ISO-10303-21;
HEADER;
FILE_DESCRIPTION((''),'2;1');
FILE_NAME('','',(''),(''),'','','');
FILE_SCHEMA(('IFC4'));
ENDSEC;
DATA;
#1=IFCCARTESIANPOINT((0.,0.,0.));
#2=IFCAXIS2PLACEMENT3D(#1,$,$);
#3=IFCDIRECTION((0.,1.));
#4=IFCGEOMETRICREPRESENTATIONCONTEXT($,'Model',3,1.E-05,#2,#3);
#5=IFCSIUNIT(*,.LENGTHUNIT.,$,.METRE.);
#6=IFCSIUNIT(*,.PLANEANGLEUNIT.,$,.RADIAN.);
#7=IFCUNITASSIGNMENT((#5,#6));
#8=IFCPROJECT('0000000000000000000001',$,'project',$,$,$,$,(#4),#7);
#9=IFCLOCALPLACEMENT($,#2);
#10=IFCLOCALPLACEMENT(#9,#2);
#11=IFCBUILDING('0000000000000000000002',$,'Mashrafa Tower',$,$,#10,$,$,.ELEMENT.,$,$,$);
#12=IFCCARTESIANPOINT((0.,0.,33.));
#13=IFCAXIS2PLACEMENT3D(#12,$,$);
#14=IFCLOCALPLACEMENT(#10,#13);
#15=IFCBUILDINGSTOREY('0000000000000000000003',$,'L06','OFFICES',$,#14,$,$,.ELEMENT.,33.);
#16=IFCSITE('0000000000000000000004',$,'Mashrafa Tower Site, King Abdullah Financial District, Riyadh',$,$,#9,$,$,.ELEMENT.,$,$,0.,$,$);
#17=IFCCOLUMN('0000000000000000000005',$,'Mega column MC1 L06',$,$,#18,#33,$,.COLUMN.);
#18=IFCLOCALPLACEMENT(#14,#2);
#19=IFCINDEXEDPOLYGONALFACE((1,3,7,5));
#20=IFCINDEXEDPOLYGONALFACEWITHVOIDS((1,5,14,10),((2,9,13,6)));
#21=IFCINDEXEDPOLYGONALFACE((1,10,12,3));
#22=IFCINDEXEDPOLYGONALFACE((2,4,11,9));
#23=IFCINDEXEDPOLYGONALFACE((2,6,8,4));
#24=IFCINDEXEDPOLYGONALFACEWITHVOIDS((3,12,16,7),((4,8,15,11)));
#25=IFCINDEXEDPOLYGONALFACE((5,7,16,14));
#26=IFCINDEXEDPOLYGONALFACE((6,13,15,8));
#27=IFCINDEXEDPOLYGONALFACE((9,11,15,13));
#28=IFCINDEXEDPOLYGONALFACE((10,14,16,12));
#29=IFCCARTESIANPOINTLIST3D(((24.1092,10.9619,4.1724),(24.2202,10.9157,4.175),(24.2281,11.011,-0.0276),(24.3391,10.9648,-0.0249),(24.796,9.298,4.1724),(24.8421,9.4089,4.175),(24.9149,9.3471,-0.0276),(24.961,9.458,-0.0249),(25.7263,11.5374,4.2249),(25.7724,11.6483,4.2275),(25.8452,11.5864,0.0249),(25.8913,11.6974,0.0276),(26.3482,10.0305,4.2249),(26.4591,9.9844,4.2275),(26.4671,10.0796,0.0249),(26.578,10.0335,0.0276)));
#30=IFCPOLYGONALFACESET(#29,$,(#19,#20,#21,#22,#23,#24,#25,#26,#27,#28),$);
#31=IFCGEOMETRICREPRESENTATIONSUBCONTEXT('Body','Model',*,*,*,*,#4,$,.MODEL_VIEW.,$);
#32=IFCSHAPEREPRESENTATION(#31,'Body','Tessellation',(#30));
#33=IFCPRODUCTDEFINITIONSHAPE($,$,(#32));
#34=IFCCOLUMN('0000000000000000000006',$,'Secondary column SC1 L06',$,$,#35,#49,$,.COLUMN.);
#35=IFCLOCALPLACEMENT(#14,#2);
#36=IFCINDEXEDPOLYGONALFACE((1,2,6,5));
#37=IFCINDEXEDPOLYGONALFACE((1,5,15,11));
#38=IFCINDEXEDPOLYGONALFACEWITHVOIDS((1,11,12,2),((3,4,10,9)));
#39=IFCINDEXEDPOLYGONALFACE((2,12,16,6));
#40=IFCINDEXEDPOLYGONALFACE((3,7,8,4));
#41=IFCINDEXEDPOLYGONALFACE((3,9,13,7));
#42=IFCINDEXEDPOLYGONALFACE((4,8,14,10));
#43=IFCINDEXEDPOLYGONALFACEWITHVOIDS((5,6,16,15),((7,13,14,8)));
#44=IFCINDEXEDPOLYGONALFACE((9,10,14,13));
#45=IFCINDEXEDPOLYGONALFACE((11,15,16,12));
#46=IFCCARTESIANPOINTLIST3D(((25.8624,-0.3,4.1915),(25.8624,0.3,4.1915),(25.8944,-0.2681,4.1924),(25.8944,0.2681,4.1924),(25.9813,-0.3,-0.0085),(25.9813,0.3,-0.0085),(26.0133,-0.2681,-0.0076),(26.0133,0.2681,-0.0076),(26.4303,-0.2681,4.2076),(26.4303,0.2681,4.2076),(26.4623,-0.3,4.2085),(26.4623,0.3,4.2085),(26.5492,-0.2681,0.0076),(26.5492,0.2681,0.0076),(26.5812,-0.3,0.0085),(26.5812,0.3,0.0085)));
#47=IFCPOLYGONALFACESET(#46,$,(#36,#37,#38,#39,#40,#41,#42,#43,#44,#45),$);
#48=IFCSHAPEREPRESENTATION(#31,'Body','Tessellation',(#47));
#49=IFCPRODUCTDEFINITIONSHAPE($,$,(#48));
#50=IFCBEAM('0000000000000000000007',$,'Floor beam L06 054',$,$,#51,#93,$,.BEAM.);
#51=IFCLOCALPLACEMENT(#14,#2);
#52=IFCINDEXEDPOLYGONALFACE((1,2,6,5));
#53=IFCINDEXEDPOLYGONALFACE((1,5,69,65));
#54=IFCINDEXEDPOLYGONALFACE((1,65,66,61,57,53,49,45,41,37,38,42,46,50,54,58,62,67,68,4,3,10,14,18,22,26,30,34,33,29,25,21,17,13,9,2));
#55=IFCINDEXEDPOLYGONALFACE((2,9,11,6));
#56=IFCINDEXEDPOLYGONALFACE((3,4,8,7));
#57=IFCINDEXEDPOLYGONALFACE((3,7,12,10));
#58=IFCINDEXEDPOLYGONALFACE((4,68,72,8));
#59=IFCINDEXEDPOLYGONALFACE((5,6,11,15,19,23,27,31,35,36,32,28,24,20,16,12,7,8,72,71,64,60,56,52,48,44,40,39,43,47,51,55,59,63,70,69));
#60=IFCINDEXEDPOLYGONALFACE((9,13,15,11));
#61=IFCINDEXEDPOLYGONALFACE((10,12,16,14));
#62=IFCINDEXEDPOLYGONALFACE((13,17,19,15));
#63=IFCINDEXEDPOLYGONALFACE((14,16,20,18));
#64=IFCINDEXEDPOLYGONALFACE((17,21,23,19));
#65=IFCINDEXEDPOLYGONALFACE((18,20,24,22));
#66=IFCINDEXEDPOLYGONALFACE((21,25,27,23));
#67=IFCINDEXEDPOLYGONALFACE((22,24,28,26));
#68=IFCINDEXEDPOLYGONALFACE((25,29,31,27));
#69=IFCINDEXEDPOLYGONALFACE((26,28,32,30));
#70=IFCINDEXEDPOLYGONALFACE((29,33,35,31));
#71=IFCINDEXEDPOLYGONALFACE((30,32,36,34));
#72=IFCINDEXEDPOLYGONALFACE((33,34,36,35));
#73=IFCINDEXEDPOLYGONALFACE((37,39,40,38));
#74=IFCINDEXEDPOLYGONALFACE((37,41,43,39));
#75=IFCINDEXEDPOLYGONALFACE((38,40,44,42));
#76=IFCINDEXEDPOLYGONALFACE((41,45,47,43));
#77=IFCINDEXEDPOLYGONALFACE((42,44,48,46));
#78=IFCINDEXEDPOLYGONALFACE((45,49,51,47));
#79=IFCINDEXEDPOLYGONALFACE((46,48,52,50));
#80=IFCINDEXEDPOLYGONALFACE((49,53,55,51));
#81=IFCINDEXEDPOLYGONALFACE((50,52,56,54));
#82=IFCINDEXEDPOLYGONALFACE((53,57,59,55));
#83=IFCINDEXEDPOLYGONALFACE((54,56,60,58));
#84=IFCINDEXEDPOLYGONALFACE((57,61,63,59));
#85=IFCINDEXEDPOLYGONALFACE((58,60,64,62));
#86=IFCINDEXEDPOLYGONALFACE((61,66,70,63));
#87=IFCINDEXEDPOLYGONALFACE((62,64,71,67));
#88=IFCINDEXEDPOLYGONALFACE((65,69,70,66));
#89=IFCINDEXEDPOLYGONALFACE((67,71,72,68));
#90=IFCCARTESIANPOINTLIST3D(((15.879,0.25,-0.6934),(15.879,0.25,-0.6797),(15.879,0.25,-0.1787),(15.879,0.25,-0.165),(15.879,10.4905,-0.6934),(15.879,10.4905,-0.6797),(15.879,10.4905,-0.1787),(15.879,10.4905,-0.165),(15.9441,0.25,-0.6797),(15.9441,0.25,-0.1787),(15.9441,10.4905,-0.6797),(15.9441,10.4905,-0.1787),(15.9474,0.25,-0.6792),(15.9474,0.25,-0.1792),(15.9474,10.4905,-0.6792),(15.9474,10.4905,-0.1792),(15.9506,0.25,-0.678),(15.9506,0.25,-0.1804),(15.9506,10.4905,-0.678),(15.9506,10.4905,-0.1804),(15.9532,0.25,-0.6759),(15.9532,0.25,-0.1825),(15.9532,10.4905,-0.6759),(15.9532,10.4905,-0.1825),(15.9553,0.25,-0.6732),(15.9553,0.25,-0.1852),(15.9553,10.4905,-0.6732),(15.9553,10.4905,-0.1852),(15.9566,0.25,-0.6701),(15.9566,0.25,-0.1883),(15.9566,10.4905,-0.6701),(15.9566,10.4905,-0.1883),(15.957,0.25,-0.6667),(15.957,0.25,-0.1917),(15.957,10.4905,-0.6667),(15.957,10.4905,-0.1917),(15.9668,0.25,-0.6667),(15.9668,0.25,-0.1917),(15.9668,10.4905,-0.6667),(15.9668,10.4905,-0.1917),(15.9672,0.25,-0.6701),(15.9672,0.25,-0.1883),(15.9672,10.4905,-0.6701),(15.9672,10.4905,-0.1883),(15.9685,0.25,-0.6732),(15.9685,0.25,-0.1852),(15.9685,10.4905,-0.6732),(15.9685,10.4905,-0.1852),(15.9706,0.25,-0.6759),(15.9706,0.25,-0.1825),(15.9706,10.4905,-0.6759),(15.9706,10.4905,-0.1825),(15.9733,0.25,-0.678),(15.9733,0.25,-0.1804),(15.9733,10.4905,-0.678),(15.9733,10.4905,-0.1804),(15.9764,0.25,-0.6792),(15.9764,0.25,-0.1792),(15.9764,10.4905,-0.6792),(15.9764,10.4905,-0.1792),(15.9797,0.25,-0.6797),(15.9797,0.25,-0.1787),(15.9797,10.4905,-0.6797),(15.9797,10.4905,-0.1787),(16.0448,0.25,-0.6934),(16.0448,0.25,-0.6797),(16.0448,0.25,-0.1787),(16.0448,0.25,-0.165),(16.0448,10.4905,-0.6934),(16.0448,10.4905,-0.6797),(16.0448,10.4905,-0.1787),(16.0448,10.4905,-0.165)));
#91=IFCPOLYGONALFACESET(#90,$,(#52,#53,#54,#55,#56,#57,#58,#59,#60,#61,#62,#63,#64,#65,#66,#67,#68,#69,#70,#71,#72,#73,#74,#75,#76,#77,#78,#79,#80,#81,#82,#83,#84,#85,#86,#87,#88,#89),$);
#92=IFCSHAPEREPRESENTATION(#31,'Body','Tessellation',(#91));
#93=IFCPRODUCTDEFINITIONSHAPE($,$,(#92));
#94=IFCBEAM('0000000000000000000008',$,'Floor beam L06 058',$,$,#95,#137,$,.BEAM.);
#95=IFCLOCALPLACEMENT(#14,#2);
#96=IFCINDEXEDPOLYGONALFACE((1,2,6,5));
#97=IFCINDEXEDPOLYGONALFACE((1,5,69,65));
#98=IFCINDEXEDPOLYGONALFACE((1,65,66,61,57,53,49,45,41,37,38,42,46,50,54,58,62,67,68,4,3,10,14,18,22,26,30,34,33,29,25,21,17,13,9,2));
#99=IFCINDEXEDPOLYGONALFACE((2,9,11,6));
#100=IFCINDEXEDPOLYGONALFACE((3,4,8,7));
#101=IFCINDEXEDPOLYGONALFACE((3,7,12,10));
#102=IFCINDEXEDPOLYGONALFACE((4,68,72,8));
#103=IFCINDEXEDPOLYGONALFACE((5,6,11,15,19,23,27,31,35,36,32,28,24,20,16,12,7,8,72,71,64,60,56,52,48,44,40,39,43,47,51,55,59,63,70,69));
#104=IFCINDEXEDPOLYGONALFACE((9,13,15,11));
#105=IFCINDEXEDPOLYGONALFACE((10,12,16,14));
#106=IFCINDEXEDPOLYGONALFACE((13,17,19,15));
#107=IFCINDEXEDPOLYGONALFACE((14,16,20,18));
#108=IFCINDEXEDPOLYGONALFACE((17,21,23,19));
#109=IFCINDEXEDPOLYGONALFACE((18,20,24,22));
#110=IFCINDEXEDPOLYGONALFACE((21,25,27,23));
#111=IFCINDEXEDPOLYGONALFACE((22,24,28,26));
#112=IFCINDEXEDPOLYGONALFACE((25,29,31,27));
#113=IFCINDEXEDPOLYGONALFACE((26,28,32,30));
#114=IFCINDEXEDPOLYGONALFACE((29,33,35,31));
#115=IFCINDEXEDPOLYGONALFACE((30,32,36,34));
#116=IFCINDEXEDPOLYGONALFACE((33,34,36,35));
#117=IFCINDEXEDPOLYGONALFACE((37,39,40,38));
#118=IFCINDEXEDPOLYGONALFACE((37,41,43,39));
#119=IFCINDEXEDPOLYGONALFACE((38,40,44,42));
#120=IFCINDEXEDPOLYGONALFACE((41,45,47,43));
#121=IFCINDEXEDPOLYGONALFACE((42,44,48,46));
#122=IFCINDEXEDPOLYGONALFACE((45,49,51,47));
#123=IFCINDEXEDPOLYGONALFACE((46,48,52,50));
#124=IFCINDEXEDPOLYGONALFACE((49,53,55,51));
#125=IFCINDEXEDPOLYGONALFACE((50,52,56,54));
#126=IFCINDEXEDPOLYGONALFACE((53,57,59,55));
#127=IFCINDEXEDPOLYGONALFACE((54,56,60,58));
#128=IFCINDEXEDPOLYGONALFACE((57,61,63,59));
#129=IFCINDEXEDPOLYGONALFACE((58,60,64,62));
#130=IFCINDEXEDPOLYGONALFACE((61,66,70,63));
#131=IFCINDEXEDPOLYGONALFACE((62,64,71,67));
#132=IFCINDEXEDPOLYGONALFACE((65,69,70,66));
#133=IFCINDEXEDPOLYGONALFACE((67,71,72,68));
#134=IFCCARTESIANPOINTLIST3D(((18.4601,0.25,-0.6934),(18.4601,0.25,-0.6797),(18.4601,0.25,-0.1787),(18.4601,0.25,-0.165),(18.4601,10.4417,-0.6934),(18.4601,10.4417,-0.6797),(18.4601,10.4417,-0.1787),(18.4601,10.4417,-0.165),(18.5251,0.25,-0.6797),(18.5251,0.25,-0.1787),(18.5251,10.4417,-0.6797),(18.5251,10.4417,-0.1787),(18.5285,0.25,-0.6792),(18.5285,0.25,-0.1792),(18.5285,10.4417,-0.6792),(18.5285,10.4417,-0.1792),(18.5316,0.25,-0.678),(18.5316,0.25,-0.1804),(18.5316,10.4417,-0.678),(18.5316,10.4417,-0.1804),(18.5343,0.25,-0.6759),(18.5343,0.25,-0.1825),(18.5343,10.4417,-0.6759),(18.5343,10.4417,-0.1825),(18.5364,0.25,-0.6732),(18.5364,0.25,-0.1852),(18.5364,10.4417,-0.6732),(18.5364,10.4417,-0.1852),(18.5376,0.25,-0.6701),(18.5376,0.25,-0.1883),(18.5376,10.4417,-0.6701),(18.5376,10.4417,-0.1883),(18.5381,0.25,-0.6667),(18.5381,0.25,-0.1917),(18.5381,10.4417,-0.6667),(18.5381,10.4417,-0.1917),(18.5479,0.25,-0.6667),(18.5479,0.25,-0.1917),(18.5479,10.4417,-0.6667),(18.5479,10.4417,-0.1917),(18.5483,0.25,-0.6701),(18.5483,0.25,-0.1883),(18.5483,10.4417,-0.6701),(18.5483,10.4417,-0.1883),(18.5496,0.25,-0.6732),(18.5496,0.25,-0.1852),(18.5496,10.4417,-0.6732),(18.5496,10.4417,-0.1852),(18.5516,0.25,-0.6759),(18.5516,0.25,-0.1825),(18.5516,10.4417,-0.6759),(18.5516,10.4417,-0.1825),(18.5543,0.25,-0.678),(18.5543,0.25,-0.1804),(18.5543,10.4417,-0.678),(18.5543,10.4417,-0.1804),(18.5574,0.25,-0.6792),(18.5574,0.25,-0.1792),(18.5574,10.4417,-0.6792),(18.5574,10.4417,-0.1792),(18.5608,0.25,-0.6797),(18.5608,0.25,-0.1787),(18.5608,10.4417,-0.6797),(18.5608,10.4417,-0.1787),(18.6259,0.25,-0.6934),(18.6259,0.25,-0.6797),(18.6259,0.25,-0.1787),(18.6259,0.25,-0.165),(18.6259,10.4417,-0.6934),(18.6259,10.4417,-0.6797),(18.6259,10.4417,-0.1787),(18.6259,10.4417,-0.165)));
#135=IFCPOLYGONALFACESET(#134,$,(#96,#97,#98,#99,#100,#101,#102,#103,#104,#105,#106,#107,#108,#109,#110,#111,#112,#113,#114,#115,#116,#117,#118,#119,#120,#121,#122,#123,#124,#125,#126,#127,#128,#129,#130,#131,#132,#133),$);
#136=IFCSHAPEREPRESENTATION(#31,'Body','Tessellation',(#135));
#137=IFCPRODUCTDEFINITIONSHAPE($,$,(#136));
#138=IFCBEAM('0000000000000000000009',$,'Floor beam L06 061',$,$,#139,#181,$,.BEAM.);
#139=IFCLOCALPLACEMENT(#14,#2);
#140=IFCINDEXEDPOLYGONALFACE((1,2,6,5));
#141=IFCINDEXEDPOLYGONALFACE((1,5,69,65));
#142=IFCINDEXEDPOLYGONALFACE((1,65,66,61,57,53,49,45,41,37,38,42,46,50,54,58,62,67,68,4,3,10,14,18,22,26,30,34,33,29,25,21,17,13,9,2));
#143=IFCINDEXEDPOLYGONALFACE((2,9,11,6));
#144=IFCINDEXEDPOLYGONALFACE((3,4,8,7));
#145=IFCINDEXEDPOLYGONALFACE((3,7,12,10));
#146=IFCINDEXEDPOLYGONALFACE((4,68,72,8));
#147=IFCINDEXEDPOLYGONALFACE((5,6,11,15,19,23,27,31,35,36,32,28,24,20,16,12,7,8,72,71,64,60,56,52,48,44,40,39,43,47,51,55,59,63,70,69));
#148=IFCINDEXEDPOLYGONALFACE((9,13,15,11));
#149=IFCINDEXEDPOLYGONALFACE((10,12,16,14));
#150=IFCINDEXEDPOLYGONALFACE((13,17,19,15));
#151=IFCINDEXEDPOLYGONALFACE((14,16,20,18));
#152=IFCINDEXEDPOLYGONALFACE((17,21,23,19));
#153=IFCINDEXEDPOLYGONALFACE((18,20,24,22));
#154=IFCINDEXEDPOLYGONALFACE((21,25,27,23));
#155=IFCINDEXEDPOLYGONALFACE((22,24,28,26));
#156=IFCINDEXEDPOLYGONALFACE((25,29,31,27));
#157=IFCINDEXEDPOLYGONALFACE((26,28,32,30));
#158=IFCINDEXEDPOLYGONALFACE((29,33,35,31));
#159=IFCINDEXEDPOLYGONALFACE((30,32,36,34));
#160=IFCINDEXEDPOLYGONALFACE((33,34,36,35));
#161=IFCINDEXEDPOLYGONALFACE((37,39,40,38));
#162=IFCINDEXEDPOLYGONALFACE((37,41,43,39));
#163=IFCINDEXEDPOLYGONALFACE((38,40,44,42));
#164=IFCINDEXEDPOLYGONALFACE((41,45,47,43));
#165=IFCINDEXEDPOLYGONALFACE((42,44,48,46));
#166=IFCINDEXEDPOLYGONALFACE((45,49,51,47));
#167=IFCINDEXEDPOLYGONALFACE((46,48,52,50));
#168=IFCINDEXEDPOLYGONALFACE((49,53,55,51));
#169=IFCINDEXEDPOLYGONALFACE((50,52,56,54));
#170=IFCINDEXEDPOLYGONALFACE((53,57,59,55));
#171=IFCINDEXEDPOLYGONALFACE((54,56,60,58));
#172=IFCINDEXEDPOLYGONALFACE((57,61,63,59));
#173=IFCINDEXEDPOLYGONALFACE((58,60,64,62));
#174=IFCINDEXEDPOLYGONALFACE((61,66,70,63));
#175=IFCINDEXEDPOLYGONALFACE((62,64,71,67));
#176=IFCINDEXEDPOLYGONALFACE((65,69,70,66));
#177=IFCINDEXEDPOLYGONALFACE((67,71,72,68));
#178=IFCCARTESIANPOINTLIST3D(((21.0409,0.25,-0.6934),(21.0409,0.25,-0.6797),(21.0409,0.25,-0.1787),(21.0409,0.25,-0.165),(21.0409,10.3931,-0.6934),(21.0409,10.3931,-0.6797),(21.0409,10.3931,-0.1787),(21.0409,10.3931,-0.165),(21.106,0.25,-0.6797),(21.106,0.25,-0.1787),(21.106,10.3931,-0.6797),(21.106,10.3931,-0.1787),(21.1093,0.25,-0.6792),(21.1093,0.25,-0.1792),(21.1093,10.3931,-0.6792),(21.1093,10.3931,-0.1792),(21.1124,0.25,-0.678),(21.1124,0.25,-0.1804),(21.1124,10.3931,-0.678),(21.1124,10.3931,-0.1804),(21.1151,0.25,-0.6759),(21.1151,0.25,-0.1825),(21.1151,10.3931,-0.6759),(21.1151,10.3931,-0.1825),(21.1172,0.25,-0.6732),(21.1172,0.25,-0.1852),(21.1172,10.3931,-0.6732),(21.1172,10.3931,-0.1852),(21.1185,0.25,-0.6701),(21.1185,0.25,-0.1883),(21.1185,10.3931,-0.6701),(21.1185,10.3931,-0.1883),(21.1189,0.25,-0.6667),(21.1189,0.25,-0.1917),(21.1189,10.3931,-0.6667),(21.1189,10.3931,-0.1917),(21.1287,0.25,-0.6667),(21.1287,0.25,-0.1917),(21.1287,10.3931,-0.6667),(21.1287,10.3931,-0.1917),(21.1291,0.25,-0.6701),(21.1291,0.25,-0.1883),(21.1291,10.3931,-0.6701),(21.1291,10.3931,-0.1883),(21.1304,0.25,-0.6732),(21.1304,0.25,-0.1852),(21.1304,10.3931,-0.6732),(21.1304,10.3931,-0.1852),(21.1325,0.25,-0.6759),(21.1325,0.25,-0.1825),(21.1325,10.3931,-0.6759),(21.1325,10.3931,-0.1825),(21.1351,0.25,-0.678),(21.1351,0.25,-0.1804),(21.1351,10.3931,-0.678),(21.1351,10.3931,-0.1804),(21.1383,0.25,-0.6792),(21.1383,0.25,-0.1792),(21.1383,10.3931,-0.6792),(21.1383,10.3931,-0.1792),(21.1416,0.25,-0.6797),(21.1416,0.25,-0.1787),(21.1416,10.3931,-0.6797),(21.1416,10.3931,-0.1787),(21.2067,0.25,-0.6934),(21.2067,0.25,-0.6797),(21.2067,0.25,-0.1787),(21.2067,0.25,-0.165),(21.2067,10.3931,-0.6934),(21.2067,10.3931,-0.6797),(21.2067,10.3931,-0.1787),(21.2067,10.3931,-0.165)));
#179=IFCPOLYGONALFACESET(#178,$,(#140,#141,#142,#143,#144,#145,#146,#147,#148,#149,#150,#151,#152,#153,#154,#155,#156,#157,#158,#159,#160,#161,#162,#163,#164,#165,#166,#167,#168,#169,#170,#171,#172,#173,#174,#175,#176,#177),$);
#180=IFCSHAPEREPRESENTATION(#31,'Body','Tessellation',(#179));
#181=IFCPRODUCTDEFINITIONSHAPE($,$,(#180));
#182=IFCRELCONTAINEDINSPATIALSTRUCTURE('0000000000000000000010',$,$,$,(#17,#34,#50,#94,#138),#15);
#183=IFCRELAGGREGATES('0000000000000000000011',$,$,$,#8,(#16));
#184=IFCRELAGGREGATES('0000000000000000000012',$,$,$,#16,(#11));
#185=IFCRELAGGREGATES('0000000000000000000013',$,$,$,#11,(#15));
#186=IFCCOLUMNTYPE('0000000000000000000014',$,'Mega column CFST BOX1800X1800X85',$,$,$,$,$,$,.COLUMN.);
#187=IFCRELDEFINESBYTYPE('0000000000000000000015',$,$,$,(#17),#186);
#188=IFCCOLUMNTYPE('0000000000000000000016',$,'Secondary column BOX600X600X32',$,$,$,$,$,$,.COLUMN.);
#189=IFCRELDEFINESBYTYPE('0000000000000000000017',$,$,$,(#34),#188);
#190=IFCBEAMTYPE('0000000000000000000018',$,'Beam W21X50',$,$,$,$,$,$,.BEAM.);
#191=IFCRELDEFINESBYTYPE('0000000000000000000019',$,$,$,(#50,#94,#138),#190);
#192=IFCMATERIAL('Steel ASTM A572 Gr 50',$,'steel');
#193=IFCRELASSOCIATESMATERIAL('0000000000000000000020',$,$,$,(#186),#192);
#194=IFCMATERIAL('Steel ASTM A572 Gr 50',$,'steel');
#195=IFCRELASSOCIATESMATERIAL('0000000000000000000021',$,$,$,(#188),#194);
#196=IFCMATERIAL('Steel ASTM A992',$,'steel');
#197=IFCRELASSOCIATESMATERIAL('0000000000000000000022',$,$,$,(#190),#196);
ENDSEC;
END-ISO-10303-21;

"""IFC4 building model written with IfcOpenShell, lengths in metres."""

from ifc_helpers import new_model, si_unit, direction, frame, origin, origin_2d, place, context, subcontext, project, spatial, hollow_rectangle, i_section, extrude, material, material_profile, profile_set, type_object, element, save


model = new_model("IFC4")

# Units and contexts
model_context = context("Model", 3, precision=1e-05, world=origin(), true_north=direction((0.0, 1.0)))
body_context = subcontext(model_context, "Body", "Model", "MODEL_VIEW")
ifc_project = project(units=[si_unit("LENGTHUNIT", "METRE"), si_unit("PLANEANGLEUNIT", "RADIAN")], contexts=[model_context])

# Site, building, storey
site_placement = place(None, origin())
site = spatial("IfcSite", under=ifc_project, at=site_placement, Name="Mashrafa Tower Site, King Abdullah Financial District, Riyadh", CompositionType="ELEMENT", RefElevation=0.0)
building_placement = place(site_placement, origin())
building = spatial("IfcBuilding", under=site, at=building_placement, Name="Mashrafa Tower", CompositionType="ELEMENT")
storey_placement = place(building_placement, frame((0.0, 0.0, 33.0)))
storey = spatial("IfcBuildingStorey", under=building, at=storey_placement, Name="L06", Description="OFFICES", CompositionType="ELEMENT", Elevation=33.0)

# Columns
ifc_material_1 = material(Name="Steel ASTM A572 Gr 50", Category="steel")
ifc_material_profile_1 = material_profile(ifc_material_1, hollow_rectangle(XDim=1.8, YDim=1.8, WallThickness=0.085, at=origin_2d()), Name="BOX1800X1800X85")
ifc_profile_set_1 = profile_set([ifc_material_profile_1], Name="Steel ASTM A572 Gr 50")
column_type_1 = type_object("IfcColumnType", Name="Mega column CFST BOX1800X1800X85", PredefinedType="COLUMN", material=ifc_profile_set_1)
column_1_placement = place(storey_placement, frame((25.4031, 10.5222, 0.0), z_axis=(-0.028296, -0.011679, 0.999531), x_axis=(0.381513, -0.924363, 0.0)))
element("IfcColumn", 1, at=column_1_placement, inside=storey, type_object=column_type_1, Name="Mega column MC1 L06", PredefinedType="COLUMN", context=body_context, shape_type="SweptSolid", body=[
    extrude(hollow_rectangle(XDim=1.8, YDim=1.8, WallThickness=0.085, at=origin_2d()), origin(), (0.0, 0.0, 1.0), 4.2019),
])
ifc_material_2 = material(Name="Steel ASTM A572 Gr 50", Category="steel")
ifc_material_profile_2 = material_profile(ifc_material_2, hollow_rectangle(XDim=0.6001, YDim=0.6001, WallThickness=0.032, at=origin_2d()), Name="BOX600X600X32")
ifc_profile_set_2 = profile_set([ifc_material_profile_2], Name="Steel ASTM A572 Gr 50")
column_type_2 = type_object("IfcColumnType", Name="Secondary column BOX600X600X32", PredefinedType="COLUMN", material=ifc_profile_set_2)
column_2_placement = place(storey_placement, frame((26.2812, 0.0, 0.0), z_axis=(-0.028298, 0.0, 0.9996), x_axis=(0.0, -1.0, 0.0)))
element("IfcColumn", 2, at=column_2_placement, inside=storey, type_object=column_type_2, Name="Secondary column SC1 L06", PredefinedType="COLUMN", context=body_context, shape_type="SweptSolid", body=[
    extrude(hollow_rectangle(XDim=0.6001, YDim=0.6001, WallThickness=0.032, at=origin_2d()), origin(), (0.0, 0.0, 1.0), 4.2017),
])

# Beams
ifc_material_3 = material(Name="Steel ASTM A992", Category="steel")
ifc_material_profile_3 = material_profile(ifc_material_3, i_section(OverallWidth=0.1658, OverallDepth=0.5283, WebThickness=0.0098, FlangeThickness=0.0137, FilletRadius=0.0129, at=origin_2d()), Name="W21X50")
ifc_profile_set_3 = profile_set([ifc_material_profile_3], Name="Steel ASTM A992")
beam_type_1 = type_object("IfcBeamType", Name="Beam W21X50", PredefinedType="BEAM", material=ifc_profile_set_3)
beam_1_placement = place(storey_placement, frame((15.9619, 10.4905, -0.4292), z_axis=(0.0, -1.0, 0.0), x_axis=(1.0, 0.0, 0.0)))
element("IfcBeam", 3, at=beam_1_placement, inside=storey, type_object=beam_type_1, Name="Floor beam L06 054", PredefinedType="BEAM", context=body_context, shape_type="SweptSolid", body=[
    extrude(i_section(OverallWidth=0.1658, OverallDepth=0.5283, WebThickness=0.0098, FlangeThickness=0.0137, FilletRadius=0.0129, at=origin_2d()), origin(), (0.0, 0.0, 1.0), 10.2405),
])
beam_2_placement = place(storey_placement, frame((18.543, 10.4417, -0.4292), z_axis=(0.0, -1.0, 0.0), x_axis=(1.0, 0.0, 0.0)))
element("IfcBeam", 4, at=beam_2_placement, inside=storey, type_object=beam_type_1, Name="Floor beam L06 058", PredefinedType="BEAM", context=body_context, shape_type="SweptSolid", body=[
    extrude(i_section(OverallWidth=0.1658, OverallDepth=0.5283, WebThickness=0.0098, FlangeThickness=0.0137, FilletRadius=0.0129, at=origin_2d()), origin(), (0.0, 0.0, 1.0), 10.1917),
])
beam_3_placement = place(storey_placement, frame((21.1238, 10.3931, -0.4292), z_axis=(0.0, -1.0, 0.0), x_axis=(1.0, 0.0, 0.0)))
element("IfcBeam", 5, at=beam_3_placement, inside=storey, type_object=beam_type_1, Name="Floor beam L06 061", PredefinedType="BEAM", context=body_context, shape_type="SweptSolid", body=[
    extrude(i_section(OverallWidth=0.1658, OverallDepth=0.5283, WebThickness=0.0098, FlangeThickness=0.0137, FilletRadius=0.0129, at=origin_2d()), origin(), (0.0, 0.0, 1.0), 10.1431),
])

save(model, "model.ifc")
